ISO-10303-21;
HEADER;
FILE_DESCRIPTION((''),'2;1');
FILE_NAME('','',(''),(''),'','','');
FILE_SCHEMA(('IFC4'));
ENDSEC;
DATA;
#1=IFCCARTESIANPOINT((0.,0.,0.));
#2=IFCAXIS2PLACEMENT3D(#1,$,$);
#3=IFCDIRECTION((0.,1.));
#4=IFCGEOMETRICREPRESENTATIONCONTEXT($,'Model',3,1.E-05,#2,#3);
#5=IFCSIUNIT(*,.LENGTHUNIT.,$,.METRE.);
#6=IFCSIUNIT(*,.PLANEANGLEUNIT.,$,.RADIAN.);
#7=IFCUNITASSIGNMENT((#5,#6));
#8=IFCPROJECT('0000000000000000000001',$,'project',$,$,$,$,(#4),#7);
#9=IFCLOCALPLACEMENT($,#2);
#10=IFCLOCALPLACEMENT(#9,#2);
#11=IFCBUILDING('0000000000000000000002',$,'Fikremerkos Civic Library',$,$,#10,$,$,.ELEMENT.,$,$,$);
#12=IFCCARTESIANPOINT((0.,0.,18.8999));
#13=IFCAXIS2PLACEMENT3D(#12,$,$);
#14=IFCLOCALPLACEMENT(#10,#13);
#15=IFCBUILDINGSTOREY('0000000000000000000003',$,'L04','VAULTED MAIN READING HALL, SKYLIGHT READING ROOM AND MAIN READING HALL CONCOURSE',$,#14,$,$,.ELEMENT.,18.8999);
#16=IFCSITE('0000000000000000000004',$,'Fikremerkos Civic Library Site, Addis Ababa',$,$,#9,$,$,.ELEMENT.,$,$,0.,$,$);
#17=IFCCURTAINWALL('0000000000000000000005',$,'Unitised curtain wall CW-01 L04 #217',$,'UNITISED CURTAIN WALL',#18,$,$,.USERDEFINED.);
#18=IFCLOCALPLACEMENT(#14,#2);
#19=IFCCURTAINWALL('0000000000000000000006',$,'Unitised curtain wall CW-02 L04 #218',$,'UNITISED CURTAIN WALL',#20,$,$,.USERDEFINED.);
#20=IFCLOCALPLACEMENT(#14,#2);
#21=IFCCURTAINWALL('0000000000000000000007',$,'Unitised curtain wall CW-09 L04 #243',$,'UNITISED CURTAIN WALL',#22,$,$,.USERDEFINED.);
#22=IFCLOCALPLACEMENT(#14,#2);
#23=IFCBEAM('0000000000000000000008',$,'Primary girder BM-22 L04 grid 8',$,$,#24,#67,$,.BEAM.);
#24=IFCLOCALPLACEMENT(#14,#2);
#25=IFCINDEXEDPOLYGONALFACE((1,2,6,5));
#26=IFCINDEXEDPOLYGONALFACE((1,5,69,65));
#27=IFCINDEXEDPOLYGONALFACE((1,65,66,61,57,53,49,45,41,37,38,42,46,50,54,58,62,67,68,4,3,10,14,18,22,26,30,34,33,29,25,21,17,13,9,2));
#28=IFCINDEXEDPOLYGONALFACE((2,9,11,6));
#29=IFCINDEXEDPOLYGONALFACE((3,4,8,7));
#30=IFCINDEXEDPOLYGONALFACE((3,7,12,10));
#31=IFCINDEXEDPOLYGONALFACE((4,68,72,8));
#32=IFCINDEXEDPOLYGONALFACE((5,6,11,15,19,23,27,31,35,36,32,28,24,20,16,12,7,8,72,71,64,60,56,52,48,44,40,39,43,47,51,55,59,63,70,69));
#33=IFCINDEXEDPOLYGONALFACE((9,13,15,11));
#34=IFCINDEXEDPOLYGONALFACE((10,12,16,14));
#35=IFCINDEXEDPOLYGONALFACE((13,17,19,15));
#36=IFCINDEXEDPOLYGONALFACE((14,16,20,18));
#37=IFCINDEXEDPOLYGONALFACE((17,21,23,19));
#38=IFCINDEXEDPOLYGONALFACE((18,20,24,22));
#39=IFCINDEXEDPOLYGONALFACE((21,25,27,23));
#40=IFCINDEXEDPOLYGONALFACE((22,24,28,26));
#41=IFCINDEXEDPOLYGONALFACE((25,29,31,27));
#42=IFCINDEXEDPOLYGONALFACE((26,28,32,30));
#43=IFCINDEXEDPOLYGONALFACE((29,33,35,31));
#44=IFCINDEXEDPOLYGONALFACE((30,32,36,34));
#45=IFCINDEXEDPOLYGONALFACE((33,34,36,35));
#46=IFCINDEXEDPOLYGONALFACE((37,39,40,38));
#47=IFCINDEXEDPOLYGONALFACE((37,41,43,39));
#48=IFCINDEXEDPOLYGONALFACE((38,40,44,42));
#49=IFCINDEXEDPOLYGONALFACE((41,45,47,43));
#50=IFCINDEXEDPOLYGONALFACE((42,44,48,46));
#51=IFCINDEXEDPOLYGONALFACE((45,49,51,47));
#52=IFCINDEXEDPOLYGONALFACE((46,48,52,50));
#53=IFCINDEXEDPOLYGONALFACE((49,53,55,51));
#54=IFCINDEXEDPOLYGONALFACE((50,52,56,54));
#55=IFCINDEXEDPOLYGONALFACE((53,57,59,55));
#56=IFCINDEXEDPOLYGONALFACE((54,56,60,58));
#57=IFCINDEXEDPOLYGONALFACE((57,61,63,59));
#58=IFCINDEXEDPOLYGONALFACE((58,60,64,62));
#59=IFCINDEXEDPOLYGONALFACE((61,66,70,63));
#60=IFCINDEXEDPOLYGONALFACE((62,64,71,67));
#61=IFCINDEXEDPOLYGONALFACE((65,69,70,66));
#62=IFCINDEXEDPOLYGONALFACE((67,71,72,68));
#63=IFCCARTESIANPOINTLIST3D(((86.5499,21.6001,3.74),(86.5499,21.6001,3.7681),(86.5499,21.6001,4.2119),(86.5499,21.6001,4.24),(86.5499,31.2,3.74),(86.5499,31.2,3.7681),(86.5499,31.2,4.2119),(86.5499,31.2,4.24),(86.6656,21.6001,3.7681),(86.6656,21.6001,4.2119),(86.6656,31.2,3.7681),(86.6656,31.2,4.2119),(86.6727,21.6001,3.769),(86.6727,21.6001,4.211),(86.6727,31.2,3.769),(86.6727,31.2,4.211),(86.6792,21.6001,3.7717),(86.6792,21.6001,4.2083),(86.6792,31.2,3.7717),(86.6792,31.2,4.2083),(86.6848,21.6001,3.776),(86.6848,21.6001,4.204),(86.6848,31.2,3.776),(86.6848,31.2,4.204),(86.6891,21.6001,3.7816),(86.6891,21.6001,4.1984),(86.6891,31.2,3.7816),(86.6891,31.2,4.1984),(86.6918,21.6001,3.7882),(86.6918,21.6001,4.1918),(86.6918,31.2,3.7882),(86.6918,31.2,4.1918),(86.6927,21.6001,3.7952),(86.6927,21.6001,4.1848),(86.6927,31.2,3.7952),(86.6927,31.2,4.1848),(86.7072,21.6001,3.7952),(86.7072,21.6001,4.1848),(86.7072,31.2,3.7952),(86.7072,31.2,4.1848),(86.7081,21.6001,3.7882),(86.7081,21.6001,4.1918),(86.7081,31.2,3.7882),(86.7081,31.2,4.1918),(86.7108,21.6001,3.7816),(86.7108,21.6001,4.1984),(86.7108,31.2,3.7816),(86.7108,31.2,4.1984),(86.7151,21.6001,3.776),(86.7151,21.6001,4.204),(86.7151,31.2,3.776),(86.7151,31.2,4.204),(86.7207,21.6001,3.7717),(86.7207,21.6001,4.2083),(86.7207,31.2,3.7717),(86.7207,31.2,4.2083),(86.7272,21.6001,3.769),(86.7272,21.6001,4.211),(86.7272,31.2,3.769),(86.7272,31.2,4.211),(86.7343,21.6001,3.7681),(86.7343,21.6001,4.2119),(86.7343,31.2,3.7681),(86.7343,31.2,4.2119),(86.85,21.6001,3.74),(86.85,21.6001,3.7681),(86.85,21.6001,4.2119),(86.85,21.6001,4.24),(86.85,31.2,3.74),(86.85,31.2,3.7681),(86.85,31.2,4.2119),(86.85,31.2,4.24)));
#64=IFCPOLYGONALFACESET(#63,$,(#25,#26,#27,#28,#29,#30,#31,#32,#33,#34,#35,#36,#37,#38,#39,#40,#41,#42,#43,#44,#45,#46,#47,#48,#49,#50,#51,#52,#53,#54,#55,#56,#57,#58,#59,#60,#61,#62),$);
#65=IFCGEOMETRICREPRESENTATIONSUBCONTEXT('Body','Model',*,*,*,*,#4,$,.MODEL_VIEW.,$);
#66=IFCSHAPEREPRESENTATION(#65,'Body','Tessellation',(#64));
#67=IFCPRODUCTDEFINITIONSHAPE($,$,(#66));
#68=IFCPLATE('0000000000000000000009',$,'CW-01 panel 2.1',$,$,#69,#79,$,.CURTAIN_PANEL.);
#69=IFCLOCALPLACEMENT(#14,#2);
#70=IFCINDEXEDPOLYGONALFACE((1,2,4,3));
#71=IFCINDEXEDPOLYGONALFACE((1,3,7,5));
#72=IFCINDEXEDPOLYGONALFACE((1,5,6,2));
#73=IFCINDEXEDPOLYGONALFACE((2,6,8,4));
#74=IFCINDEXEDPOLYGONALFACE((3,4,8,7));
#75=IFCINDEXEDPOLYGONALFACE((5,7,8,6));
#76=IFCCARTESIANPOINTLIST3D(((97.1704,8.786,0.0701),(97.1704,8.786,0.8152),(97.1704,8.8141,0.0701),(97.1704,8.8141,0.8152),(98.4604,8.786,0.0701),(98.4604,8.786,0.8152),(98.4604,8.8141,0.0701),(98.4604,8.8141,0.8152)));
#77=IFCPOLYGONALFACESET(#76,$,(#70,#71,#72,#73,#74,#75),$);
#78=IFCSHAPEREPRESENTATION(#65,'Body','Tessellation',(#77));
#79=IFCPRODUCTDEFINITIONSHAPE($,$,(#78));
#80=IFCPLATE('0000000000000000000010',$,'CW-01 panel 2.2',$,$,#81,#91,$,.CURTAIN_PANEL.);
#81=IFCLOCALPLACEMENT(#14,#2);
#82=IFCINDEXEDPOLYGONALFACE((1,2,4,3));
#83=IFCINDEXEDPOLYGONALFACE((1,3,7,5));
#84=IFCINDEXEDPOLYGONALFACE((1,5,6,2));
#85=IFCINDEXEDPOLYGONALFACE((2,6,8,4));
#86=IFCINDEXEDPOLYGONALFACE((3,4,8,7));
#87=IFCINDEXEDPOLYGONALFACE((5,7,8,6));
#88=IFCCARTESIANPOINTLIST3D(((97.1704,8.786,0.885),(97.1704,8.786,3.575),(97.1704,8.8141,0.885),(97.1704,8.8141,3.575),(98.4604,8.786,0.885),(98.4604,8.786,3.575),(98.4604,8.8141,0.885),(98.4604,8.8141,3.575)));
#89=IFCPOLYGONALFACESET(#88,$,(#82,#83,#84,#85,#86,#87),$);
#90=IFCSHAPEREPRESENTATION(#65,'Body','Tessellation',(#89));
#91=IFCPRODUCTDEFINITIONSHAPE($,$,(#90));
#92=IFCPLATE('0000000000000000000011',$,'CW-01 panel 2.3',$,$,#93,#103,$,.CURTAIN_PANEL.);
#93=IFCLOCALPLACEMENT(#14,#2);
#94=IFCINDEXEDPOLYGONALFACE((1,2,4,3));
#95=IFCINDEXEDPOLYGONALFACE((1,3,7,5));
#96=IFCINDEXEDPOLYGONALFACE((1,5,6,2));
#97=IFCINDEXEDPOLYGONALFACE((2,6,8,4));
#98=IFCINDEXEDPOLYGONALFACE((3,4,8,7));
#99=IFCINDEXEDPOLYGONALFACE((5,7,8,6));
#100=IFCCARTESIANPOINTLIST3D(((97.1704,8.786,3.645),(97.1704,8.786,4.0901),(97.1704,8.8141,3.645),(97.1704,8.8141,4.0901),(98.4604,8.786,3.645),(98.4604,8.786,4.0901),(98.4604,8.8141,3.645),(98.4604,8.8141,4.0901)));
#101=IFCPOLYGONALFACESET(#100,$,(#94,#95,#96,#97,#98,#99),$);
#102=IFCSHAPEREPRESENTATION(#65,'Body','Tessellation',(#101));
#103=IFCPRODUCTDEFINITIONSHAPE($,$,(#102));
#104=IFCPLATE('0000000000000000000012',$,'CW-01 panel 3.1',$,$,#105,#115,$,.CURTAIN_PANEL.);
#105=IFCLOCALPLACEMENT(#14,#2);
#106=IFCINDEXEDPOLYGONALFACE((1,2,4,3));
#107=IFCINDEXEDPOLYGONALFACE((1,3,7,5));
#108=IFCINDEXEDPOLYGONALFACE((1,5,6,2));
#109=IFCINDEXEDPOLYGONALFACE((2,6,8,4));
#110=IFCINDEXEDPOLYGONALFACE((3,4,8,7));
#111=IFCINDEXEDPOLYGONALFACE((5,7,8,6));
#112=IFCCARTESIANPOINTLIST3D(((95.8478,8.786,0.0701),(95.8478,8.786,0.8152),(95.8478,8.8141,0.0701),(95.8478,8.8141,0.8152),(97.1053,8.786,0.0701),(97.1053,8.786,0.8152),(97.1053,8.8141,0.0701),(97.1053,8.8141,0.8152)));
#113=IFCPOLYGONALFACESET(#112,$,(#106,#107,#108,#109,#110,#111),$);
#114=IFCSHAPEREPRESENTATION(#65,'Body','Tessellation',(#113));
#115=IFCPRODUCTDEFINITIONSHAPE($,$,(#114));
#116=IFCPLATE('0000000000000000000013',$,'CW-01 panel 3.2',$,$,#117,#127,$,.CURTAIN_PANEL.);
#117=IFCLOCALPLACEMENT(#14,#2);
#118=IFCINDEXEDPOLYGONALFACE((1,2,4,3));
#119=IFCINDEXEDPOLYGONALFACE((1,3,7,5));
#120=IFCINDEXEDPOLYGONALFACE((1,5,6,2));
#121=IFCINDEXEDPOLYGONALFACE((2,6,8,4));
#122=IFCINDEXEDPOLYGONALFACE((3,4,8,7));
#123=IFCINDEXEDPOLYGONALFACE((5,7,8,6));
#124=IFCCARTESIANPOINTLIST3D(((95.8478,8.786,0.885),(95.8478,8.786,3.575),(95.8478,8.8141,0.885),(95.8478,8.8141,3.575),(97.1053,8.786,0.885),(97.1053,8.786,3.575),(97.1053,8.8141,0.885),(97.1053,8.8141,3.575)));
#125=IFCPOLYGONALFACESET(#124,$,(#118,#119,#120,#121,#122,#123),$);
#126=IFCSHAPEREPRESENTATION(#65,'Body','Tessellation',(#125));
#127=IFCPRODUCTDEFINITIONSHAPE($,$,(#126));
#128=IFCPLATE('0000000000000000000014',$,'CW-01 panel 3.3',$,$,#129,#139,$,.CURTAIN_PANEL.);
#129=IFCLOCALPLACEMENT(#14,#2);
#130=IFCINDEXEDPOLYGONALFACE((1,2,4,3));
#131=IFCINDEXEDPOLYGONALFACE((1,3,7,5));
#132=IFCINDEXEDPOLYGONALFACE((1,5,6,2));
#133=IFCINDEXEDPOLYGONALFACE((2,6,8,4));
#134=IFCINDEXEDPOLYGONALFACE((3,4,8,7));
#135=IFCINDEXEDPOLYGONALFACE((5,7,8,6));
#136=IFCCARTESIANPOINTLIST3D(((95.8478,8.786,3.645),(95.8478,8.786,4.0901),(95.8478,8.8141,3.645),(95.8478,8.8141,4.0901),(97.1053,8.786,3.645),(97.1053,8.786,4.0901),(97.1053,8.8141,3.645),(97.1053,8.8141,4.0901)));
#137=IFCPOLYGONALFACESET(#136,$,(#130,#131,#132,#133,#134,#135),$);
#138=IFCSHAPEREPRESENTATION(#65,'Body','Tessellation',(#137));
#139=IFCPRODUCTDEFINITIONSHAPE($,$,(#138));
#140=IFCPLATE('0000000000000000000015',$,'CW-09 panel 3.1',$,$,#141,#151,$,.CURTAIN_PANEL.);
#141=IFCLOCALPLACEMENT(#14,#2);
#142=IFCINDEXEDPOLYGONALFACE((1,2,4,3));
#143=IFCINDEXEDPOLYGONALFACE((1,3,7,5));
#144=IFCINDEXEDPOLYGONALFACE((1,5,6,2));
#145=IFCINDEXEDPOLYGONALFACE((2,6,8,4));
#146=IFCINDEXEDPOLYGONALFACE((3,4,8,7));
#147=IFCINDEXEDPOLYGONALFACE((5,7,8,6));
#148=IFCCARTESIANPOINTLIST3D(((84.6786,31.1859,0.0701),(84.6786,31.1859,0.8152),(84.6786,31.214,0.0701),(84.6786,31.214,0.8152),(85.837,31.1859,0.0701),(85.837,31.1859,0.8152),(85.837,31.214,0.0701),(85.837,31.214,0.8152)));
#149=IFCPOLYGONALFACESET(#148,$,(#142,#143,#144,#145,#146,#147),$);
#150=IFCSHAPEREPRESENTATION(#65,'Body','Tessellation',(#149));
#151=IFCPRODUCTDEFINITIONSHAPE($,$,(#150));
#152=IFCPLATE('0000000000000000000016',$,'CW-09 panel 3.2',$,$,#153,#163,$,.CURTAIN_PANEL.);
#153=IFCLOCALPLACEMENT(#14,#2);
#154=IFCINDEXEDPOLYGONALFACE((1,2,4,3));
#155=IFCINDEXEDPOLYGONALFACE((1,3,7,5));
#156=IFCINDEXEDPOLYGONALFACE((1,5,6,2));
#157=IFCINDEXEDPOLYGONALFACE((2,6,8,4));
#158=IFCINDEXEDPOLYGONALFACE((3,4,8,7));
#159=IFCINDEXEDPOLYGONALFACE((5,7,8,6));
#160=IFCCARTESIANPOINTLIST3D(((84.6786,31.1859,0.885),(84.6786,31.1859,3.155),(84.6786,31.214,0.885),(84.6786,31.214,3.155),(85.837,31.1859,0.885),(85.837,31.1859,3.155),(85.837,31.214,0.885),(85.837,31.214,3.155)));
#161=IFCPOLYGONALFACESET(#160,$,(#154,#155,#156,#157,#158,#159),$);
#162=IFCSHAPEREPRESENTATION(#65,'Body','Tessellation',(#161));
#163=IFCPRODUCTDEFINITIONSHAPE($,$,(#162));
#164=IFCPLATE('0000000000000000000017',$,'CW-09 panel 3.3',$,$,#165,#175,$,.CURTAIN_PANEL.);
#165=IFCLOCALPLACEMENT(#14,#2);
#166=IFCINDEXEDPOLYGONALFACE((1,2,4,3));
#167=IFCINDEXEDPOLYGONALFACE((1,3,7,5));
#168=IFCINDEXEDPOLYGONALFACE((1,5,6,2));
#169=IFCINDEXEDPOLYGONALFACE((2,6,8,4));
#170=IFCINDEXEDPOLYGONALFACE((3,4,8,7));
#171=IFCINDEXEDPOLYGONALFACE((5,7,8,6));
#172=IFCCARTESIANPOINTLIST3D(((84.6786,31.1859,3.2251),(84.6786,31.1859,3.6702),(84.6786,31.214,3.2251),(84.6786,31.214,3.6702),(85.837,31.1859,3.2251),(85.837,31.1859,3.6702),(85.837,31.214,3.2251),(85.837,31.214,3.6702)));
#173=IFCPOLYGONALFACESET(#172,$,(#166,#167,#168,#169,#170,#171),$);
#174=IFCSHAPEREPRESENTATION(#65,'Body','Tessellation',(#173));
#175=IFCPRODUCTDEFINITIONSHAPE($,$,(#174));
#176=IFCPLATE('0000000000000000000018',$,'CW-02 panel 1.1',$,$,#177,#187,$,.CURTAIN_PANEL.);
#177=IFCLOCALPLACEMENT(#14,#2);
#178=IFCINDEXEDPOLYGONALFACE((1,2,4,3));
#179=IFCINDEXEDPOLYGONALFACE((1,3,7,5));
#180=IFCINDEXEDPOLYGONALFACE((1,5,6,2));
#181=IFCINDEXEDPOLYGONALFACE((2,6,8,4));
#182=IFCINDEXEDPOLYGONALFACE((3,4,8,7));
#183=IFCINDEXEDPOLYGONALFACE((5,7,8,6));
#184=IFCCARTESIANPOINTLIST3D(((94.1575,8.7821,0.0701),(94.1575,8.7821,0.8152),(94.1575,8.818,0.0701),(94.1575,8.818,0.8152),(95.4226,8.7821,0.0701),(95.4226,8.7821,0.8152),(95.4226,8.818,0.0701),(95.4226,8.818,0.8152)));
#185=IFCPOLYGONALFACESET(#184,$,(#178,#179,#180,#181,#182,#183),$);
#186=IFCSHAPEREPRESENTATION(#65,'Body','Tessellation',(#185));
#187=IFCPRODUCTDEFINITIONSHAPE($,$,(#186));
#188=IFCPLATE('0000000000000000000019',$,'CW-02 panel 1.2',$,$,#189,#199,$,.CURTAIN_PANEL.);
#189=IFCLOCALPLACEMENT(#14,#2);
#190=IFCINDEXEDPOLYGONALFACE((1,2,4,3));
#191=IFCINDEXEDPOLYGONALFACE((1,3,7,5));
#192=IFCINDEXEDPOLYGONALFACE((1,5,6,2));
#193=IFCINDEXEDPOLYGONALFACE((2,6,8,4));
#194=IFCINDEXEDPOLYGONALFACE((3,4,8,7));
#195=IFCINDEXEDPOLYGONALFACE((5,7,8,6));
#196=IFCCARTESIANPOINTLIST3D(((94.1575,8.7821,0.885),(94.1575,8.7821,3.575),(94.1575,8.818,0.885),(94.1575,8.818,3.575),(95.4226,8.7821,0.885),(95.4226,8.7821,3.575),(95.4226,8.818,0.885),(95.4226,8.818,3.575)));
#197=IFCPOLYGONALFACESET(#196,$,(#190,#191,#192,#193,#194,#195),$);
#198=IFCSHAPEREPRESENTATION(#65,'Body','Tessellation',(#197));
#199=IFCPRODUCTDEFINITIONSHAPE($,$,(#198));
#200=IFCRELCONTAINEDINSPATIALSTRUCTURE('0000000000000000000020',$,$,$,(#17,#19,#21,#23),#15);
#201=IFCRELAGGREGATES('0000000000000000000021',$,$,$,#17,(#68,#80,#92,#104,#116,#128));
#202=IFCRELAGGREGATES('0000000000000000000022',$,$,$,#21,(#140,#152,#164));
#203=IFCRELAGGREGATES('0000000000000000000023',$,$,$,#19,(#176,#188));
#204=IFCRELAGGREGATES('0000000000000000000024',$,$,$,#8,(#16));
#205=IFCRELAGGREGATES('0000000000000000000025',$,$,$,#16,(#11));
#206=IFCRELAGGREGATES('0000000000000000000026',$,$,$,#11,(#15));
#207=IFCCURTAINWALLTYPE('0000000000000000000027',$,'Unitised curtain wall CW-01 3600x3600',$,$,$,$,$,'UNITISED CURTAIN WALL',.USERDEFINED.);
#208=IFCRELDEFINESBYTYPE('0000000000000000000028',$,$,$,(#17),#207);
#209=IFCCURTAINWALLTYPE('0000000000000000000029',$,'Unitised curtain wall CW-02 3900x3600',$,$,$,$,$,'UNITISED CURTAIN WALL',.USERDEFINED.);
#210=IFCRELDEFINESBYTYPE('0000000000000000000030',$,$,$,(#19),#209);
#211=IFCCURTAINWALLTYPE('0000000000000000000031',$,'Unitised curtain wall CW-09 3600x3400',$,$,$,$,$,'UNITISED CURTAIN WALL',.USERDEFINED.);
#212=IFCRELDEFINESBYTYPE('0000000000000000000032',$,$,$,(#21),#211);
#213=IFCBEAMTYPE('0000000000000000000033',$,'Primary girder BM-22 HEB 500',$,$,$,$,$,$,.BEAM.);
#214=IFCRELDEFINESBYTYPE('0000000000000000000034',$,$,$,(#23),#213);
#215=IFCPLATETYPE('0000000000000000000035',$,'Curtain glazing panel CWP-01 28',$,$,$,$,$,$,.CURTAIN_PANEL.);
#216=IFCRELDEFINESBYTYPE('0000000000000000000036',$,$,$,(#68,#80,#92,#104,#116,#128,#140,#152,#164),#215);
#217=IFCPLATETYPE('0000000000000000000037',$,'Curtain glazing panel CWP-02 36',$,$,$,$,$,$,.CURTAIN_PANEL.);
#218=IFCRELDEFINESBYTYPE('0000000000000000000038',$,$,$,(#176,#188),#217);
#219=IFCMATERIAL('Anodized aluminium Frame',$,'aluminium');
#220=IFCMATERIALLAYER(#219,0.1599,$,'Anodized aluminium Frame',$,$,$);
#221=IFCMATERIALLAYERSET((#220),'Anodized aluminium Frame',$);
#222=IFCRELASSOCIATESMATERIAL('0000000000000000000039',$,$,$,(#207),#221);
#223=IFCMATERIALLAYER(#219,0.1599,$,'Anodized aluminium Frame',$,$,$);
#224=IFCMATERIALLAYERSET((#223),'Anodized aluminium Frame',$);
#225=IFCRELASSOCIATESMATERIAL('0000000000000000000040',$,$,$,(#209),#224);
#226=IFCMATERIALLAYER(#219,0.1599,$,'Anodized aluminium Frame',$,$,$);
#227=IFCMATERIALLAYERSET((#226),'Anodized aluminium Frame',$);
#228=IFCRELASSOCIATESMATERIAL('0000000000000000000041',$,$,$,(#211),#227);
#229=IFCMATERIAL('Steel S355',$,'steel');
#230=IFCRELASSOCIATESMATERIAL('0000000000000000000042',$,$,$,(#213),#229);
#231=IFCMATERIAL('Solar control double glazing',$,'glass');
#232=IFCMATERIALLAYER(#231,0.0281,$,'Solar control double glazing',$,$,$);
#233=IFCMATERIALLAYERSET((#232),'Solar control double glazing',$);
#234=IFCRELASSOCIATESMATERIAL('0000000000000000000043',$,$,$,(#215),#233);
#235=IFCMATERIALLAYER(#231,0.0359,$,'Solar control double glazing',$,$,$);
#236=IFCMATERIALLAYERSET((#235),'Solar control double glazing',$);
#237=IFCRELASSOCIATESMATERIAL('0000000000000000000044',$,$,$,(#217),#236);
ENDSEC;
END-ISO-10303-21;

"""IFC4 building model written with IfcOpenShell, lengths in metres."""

from ifc_helpers import new_model, si_unit, direction, frame, origin, origin_2d, place, context, subcontext, project, spatial, rectangle, i_section, extrude, material, layer, layer_set, material_profile, profile_set, type_object, element, aggregate, save


model = new_model("IFC4")

# Units and contexts
model_context = context("Model", 3, precision=1e-05, world=origin(), true_north=direction((0.0, 1.0)))
body_context = subcontext(model_context, "Body", "Model", "MODEL_VIEW")
ifc_project = project(units=[si_unit("LENGTHUNIT", "METRE"), si_unit("PLANEANGLEUNIT", "RADIAN")], contexts=[model_context])

# Site, building, storey
site_placement = place(None, origin())
site = spatial("IfcSite", under=ifc_project, at=site_placement, Name="Fikremerkos Civic Library Site, Addis Ababa", CompositionType="ELEMENT", RefElevation=0.0)
building_placement = place(site_placement, origin())
building = spatial("IfcBuilding", under=site, at=building_placement, Name="Fikremerkos Civic Library", CompositionType="ELEMENT")
storey_placement = place(building_placement, frame((0.0, 0.0, 18.8999)))
storey = spatial("IfcBuildingStorey", under=building, at=storey_placement, Name="L04", Description="VAULTED MAIN READING HALL, SKYLIGHT READING ROOM AND MAIN READING HALL CONCOURSE", CompositionType="ELEMENT", Elevation=18.8999)

# Shared definitions
ifc_material_1 = material(Name="Steel S355", Category="steel")

# Curtain walls
ifc_material_2 = material(Name="Anodized aluminium Frame", Category="aluminium")
ifc_layer_1 = layer(ifc_material_2, 0.1599, Name="Anodized aluminium Frame")
ifc_layer_set_1 = layer_set([ifc_layer_1], Name="Anodized aluminium Frame")
curtain_wall_type_1 = type_object("IfcCurtainWallType", Name="Unitised curtain wall CW-01 3600x3600", ElementType="UNITISED CURTAIN WALL", PredefinedType="USERDEFINED", material=ifc_layer_set_1)
curtain_wall_1_placement = place(storey_placement, origin())
curtain_wall_1 = element("IfcCurtainWall", 1, at=curtain_wall_1_placement, inside=storey, type_object=curtain_wall_type_1, Name="Unitised curtain wall CW-01 L04 #217", ObjectType="UNITISED CURTAIN WALL", PredefinedType="USERDEFINED")
ifc_layer_2 = layer(ifc_material_2, 0.1599, Name="Anodized aluminium Frame")
ifc_layer_set_2 = layer_set([ifc_layer_2], Name="Anodized aluminium Frame")
curtain_wall_type_2 = type_object("IfcCurtainWallType", Name="Unitised curtain wall CW-02 3900x3600", ElementType="UNITISED CURTAIN WALL", PredefinedType="USERDEFINED", material=ifc_layer_set_2)
curtain_wall_2_placement = place(storey_placement, origin())
curtain_wall_2 = element("IfcCurtainWall", 2, at=curtain_wall_2_placement, inside=storey, type_object=curtain_wall_type_2, Name="Unitised curtain wall CW-02 L04 #218", ObjectType="UNITISED CURTAIN WALL", PredefinedType="USERDEFINED")

# Curtain wall
ifc_layer_3 = layer(ifc_material_2, 0.1599, Name="Anodized aluminium Frame")
ifc_layer_set_3 = layer_set([ifc_layer_3], Name="Anodized aluminium Frame")
curtain_wall_type_3 = type_object("IfcCurtainWallType", Name="Unitised curtain wall CW-09 3600x3400", ElementType="UNITISED CURTAIN WALL", PredefinedType="USERDEFINED", material=ifc_layer_set_3)
curtain_wall_3_placement = place(storey_placement, origin())
curtain_wall_3 = element("IfcCurtainWall", 3, at=curtain_wall_3_placement, inside=storey, type_object=curtain_wall_type_3, Name="Unitised curtain wall CW-09 L04 #243", ObjectType="UNITISED CURTAIN WALL", PredefinedType="USERDEFINED")

# Beam
ifc_material_profile_1 = material_profile(ifc_material_1, i_section(OverallWidth=0.3, OverallDepth=0.5, WebThickness=0.0144, FlangeThickness=0.0281, FilletRadius=0.0271, at=origin_2d()), Name="HEB 500")
ifc_profile_set_1 = profile_set([ifc_material_profile_1], Name="Steel S355")
beam_type_1 = type_object("IfcBeamType", Name="Primary girder BM-22 HEB 500", PredefinedType="BEAM", material=ifc_profile_set_1)
beam_1_placement = place(storey_placement, frame((86.7, 21.6001, 3.99), z_axis=(0.0, 1.0, 0.0), x_axis=(-1.0, 0.0, 0.0)))
element("IfcBeam", 4, at=beam_1_placement, inside=storey, type_object=beam_type_1, Name="Primary girder BM-22 L04 grid 8", PredefinedType="BEAM", context=body_context, shape_type="SweptSolid", body=[
    extrude(i_section(OverallWidth=0.3, OverallDepth=0.5, WebThickness=0.0144, FlangeThickness=0.0281, FilletRadius=0.0271, at=origin_2d()), origin(), (0.0, 0.0, 1.0), 9.5999),
])

# Plates
ifc_material_3 = material(Name="Solar control double glazing", Category="glass")
ifc_layer_4 = layer(ifc_material_3, 0.0281, Name="Solar control double glazing")
ifc_layer_set_4 = layer_set([ifc_layer_4], Name="Solar control double glazing")
plate_type_1 = type_object("IfcPlateType", Name="Curtain glazing panel CWP-01 28", PredefinedType="CURTAIN_PANEL", material=ifc_layer_set_4)
plate_1_placement = place(storey_placement, frame((97.8154, 8.8, 0.0701), z_axis=(0.0, 0.0, 1.0), x_axis=(-1.0, 0.0, 0.0)))
plate_1 = element("IfcPlate", 5, at=plate_1_placement, type_object=plate_type_1, Name="CW-01 panel 2.1", PredefinedType="CURTAIN_PANEL", context=body_context, shape_type="SweptSolid", body=[
    extrude(rectangle(XDim=1.29, YDim=0.0281, at=origin_2d()), origin(), (0.0, 0.0, 1.0), 0.7451),
])
plate_2_placement = place(storey_placement, frame((97.8154, 8.8, 0.885), z_axis=(0.0, 0.0, 1.0), x_axis=(-1.0, 0.0, 0.0)))
plate_2 = element("IfcPlate", 6, at=plate_2_placement, type_object=plate_type_1, Name="CW-01 panel 2.2", PredefinedType="CURTAIN_PANEL", context=body_context, shape_type="SweptSolid", body=[
    extrude(rectangle(XDim=1.29, YDim=0.0281, at=origin_2d()), origin(), (0.0, 0.0, 1.0), 2.6899),
])
plate_3_placement = place(storey_placement, frame((97.8154, 8.8, 3.645), z_axis=(0.0, 0.0, 1.0), x_axis=(-1.0, 0.0, 0.0)))
plate_3 = element("IfcPlate", 7, at=plate_3_placement, type_object=plate_type_1, Name="CW-01 panel 2.3", PredefinedType="CURTAIN_PANEL", context=body_context, shape_type="SweptSolid", body=[
    extrude(rectangle(XDim=1.29, YDim=0.0281, at=origin_2d()), origin(), (0.0, 0.0, 1.0), 0.4451),
])
plate_4_placement = place(storey_placement, frame((96.4766, 8.8, 0.0701), z_axis=(0.0, 0.0, 1.0), x_axis=(-1.0, 0.0, 0.0)))
plate_4 = element("IfcPlate", 8, at=plate_4_placement, type_object=plate_type_1, Name="CW-01 panel 3.1", PredefinedType="CURTAIN_PANEL", context=body_context, shape_type="SweptSolid", body=[
    extrude(rectangle(XDim=1.2576, YDim=0.0281, at=origin_2d()), origin(), (0.0, 0.0, 1.0), 0.7451),
])
plate_5_placement = place(storey_placement, frame((96.4766, 8.8, 0.885), z_axis=(0.0, 0.0, 1.0), x_axis=(-1.0, 0.0, 0.0)))
plate_5 = element("IfcPlate", 9, at=plate_5_placement, type_object=plate_type_1, Name="CW-01 panel 3.2", PredefinedType="CURTAIN_PANEL", context=body_context, shape_type="SweptSolid", body=[
    extrude(rectangle(XDim=1.2576, YDim=0.0281, at=origin_2d()), origin(), (0.0, 0.0, 1.0), 2.6899),
])
plate_6_placement = place(storey_placement, frame((96.4766, 8.8, 3.645), z_axis=(0.0, 0.0, 1.0), x_axis=(-1.0, 0.0, 0.0)))
plate_6 = element("IfcPlate", 10, at=plate_6_placement, type_object=plate_type_1, Name="CW-01 panel 3.3", PredefinedType="CURTAIN_PANEL", context=body_context, shape_type="SweptSolid", body=[
    extrude(rectangle(XDim=1.2576, YDim=0.0281, at=origin_2d()), origin(), (0.0, 0.0, 1.0), 0.4451),
])
aggregate(curtain_wall_1, [plate_1, plate_2, plate_3, plate_4, plate_5, plate_6])
plate_7_placement = place(storey_placement, frame((85.2578, 31.2, 0.0701), z_axis=(0.0, 0.0, 1.0), x_axis=(1.0, 0.0, 0.0)))
plate_7 = element("IfcPlate", 11, at=plate_7_placement, type_object=plate_type_1, Name="CW-09 panel 3.1", PredefinedType="CURTAIN_PANEL", context=body_context, shape_type="SweptSolid", body=[
    extrude(rectangle(XDim=1.1584, YDim=0.0281, at=origin_2d()), origin(), (0.0, 0.0, 1.0), 0.7451),
])
plate_8_placement = place(storey_placement, frame((85.2578, 31.2, 0.885), z_axis=(0.0, 0.0, 1.0), x_axis=(1.0, 0.0, 0.0)))
plate_8 = element("IfcPlate", 12, at=plate_8_placement, type_object=plate_type_1, Name="CW-09 panel 3.2", PredefinedType="CURTAIN_PANEL", context=body_context, shape_type="SweptSolid", body=[
    extrude(rectangle(XDim=1.1584, YDim=0.0281, at=origin_2d()), origin(), (0.0, 0.0, 1.0), 2.27),
])
plate_9_placement = place(storey_placement, frame((85.2578, 31.2, 3.2251), z_axis=(0.0, 0.0, 1.0), x_axis=(1.0, 0.0, 0.0)))
plate_9 = element("IfcPlate", 13, at=plate_9_placement, type_object=plate_type_1, Name="CW-09 panel 3.3", PredefinedType="CURTAIN_PANEL", context=body_context, shape_type="SweptSolid", body=[
    extrude(rectangle(XDim=1.1584, YDim=0.0281, at=origin_2d()), origin(), (0.0, 0.0, 1.0), 0.4451),
])
aggregate(curtain_wall_3, [plate_7, plate_8, plate_9])
ifc_layer_5 = layer(ifc_material_3, 0.0359, Name="Solar control double glazing")
ifc_layer_set_5 = layer_set([ifc_layer_5], Name="Solar control double glazing")
plate_type_2 = type_object("IfcPlateType", Name="Curtain glazing panel CWP-02 36", PredefinedType="CURTAIN_PANEL", material=ifc_layer_set_5)
plate_10_placement = place(storey_placement, frame((94.79, 8.8, 0.0701), z_axis=(0.0, 0.0, 1.0), x_axis=(-1.0, 0.0, 0.0)))
plate_10 = element("IfcPlate", 14, at=plate_10_placement, type_object=plate_type_2, Name="CW-02 panel 1.1", PredefinedType="CURTAIN_PANEL", context=body_context, shape_type="SweptSolid", body=[
    extrude(rectangle(XDim=1.2651, YDim=0.0359, at=origin_2d()), origin(), (0.0, 0.0, 1.0), 0.7451),
])
plate_11_placement = place(storey_placement, frame((94.79, 8.8, 0.885), z_axis=(0.0, 0.0, 1.0), x_axis=(-1.0, 0.0, 0.0)))
plate_11 = element("IfcPlate", 15, at=plate_11_placement, type_object=plate_type_2, Name="CW-02 panel 1.2", PredefinedType="CURTAIN_PANEL", context=body_context, shape_type="SweptSolid", body=[
    extrude(rectangle(XDim=1.2651, YDim=0.0359, at=origin_2d()), origin(), (0.0, 0.0, 1.0), 2.6899),
])
aggregate(curtain_wall_2, [plate_10, plate_11])

save(model, "model.ifc")
